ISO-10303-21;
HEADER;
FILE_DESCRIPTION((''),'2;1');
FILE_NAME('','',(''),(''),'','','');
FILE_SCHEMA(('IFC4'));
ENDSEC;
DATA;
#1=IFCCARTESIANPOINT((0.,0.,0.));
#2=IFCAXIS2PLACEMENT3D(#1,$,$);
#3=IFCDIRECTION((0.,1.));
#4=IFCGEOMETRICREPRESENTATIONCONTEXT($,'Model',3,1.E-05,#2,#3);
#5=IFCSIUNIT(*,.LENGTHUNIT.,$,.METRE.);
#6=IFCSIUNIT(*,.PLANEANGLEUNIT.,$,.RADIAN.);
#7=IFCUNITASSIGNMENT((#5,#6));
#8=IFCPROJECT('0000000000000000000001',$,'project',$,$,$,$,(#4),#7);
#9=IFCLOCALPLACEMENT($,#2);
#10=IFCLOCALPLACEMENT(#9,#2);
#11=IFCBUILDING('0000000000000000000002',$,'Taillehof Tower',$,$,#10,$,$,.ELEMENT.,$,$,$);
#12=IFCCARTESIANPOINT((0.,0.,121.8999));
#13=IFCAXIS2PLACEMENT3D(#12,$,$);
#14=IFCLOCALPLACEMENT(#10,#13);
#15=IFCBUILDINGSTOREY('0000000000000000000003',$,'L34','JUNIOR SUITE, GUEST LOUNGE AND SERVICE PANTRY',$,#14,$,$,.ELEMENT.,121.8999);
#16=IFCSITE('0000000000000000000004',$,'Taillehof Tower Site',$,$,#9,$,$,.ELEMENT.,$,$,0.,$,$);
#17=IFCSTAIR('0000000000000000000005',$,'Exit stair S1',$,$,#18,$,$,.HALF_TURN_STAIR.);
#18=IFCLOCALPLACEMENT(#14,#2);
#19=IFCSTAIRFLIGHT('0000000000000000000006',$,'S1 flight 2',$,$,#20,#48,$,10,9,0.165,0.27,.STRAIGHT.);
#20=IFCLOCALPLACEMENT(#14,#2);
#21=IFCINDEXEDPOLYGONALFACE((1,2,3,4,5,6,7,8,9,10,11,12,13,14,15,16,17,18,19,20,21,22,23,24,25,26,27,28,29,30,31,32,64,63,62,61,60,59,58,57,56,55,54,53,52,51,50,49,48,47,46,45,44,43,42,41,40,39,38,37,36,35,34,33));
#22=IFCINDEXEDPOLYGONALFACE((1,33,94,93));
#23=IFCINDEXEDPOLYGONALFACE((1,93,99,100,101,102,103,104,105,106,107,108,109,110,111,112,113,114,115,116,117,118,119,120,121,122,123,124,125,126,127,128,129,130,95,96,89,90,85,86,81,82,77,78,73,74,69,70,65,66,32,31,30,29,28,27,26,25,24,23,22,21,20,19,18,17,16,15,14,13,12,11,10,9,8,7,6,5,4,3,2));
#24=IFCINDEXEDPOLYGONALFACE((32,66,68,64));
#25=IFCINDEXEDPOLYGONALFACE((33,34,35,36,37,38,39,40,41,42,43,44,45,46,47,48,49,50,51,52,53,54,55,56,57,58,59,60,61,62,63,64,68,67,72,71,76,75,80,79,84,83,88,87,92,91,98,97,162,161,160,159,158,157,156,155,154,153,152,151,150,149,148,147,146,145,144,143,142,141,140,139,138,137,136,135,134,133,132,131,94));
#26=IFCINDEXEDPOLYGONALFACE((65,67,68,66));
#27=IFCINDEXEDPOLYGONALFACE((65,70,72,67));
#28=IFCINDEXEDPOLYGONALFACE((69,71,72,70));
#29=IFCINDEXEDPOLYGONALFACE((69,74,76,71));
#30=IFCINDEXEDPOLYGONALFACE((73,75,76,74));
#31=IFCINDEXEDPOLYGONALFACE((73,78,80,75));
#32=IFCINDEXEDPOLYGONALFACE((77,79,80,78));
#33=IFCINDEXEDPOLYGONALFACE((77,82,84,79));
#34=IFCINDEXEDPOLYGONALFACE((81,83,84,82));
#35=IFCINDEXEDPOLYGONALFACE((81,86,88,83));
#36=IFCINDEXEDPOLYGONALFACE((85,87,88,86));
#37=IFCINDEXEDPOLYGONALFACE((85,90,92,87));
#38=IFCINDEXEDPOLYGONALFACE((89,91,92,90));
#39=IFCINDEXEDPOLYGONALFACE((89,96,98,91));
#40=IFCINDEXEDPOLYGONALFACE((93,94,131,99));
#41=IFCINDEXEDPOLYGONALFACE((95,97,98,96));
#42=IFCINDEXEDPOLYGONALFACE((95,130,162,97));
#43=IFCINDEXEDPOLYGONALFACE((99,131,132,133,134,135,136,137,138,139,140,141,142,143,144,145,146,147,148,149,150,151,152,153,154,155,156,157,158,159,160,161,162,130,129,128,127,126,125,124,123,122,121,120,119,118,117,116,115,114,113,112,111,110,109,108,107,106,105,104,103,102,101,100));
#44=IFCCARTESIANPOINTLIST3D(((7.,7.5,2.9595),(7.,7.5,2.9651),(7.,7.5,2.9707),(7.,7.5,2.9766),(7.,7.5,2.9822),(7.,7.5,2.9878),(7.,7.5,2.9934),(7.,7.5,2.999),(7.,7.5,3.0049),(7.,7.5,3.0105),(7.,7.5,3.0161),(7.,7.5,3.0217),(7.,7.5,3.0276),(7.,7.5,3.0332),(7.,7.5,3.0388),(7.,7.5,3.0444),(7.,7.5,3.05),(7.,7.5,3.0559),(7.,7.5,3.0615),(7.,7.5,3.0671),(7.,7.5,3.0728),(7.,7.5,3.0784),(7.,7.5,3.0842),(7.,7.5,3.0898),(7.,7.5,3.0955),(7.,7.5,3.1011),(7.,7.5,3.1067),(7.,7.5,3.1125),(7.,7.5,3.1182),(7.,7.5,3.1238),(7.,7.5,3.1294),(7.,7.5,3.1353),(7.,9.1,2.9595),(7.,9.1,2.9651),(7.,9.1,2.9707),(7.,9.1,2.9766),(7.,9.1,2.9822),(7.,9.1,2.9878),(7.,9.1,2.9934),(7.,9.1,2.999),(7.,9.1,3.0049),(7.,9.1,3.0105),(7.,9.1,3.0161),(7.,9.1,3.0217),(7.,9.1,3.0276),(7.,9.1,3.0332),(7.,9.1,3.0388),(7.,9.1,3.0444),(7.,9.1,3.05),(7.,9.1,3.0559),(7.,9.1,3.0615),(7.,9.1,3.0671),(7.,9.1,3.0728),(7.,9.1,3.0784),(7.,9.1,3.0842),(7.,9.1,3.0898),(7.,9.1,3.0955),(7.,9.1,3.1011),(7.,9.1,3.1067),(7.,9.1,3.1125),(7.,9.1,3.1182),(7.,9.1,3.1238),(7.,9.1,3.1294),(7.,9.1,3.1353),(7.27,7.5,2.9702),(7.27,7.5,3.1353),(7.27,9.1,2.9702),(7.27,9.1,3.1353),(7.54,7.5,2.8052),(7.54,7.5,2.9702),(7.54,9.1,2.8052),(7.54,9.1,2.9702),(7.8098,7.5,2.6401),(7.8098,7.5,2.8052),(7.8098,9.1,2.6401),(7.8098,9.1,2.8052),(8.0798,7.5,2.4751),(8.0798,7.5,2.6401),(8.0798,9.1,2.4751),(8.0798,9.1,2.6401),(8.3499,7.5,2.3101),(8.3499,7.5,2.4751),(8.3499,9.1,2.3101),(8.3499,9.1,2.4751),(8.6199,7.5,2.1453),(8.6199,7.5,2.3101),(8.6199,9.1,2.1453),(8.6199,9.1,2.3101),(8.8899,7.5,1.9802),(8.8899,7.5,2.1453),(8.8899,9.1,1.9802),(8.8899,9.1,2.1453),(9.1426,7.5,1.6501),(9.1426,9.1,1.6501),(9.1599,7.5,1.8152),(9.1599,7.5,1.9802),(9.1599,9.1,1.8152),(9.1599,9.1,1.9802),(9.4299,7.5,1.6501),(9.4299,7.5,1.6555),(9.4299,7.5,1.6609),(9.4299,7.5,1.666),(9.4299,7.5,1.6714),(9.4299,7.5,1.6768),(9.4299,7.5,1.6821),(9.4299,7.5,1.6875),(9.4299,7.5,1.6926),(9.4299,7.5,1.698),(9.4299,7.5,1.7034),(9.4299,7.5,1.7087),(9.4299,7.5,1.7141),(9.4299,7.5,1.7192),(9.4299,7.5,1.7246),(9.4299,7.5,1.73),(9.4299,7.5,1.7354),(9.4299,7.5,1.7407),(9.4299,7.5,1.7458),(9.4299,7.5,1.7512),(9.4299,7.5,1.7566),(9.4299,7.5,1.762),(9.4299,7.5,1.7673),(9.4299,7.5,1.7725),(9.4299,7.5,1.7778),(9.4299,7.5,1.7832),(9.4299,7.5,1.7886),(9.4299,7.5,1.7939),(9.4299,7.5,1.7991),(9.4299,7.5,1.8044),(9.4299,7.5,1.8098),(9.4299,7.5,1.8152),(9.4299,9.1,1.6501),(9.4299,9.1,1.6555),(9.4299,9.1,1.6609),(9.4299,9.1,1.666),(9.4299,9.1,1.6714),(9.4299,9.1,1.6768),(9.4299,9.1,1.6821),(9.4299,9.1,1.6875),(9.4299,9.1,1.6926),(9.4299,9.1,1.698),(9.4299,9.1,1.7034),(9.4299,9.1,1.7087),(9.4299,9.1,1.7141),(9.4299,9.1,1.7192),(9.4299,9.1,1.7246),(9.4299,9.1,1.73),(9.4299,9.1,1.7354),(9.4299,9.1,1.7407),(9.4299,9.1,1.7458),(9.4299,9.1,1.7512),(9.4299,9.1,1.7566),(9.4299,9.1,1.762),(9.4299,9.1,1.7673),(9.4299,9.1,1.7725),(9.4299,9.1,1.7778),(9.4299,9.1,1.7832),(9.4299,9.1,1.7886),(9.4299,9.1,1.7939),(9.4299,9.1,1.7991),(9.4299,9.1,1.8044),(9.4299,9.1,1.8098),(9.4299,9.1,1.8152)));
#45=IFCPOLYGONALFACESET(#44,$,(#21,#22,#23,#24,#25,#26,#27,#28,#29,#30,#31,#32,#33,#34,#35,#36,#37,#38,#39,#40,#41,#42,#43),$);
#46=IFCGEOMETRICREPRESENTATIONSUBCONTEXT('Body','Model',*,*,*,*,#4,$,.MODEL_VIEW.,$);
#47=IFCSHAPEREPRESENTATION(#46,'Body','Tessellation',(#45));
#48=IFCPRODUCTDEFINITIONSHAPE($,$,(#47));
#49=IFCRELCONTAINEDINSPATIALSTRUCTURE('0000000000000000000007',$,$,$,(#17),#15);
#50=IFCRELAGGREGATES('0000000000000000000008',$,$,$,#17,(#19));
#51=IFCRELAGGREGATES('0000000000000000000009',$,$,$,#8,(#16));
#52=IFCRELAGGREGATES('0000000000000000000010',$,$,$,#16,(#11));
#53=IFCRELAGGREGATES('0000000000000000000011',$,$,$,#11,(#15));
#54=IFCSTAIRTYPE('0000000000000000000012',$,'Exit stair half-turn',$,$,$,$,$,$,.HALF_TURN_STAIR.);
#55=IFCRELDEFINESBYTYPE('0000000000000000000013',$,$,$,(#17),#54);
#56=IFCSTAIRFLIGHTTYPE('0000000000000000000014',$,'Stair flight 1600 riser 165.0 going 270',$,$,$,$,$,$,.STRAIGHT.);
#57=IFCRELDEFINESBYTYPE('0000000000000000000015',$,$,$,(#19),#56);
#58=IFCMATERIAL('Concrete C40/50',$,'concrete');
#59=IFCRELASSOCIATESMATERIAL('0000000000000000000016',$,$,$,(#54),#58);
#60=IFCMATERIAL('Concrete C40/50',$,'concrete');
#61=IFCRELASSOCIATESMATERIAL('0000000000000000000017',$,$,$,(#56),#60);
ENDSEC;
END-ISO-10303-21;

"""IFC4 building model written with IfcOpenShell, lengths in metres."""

from ifc_helpers import new_model, si_unit, direction, frame, origin, place, context, subcontext, project, spatial, polyline, outline, extrude, material, type_object, element, aggregate, save


model = new_model("IFC4")

# Units and contexts
model_context = context("Model", 3, precision=1e-05, world=origin(), true_north=direction((0.0, 1.0)))
body_context = subcontext(model_context, "Body", "Model", "MODEL_VIEW")
ifc_project = project(units=[si_unit("LENGTHUNIT", "METRE"), si_unit("PLANEANGLEUNIT", "RADIAN")], contexts=[model_context])

# Site, building, storey
site_placement = place(None, origin())
site = spatial("IfcSite", under=ifc_project, at=site_placement, Name="Taillehof Tower Site", CompositionType="ELEMENT", RefElevation=0.0)
building_placement = place(site_placement, origin())
building = spatial("IfcBuilding", under=site, at=building_placement, Name="Taillehof Tower", CompositionType="ELEMENT")
storey_placement = place(building_placement, frame((0.0, 0.0, 121.8999)))
storey = spatial("IfcBuildingStorey", under=building, at=storey_placement, Name="L34", Description="JUNIOR SUITE, GUEST LOUNGE AND SERVICE PANTRY", CompositionType="ELEMENT", Elevation=121.8999)

# Stair, stair flight
ifc_material_1 = material(Name="Concrete C40/50", Category="concrete")
stair_type = type_object("IfcStairType", Name="Exit stair half-turn", PredefinedType="HALF_TURN_STAIR", material=ifc_material_1)
stair_placement = place(storey_placement, origin())
stair = element("IfcStair", 1, at=stair_placement, inside=storey, type_object=stair_type, Name="Exit stair S1", PredefinedType="HALF_TURN_STAIR")
ifc_material_2 = material(Name="Concrete C40/50", Category="concrete")
stair_flight_type = type_object("IfcStairFlightType", Name="Stair flight 1600 riser 165.0 going 270", PredefinedType="STRAIGHT", material=ifc_material_2)
stair_flight_placement = place(storey_placement, frame((9.4299, 8.3, 1.6501), z_axis=(0.0, 0.0, 1.0), x_axis=(-1.0, 0.0, 0.0)))
stair_flight = element("IfcStairFlight", 2, at=stair_flight_placement, type_object=stair_flight_type, Name="S1 flight 2", NumberOfRisers=10, NumberOfTreads=9, PredefinedType="STRAIGHT", RiserHeight=0.165, TreadLength=0.27, context=body_context, shape_type="SweptSolid", body=[
    extrude(outline(polyline([(0.0, 0.0), (0.0, 0.0054), (0.0, 0.0107), (0.0, 0.0159), (0.0, 0.0212), (0.0, 0.0266), (0.0, 0.032), (0.0, 0.0374), (0.0, 0.0425), (0.0, 0.0479), (0.0, 0.0532), (0.0, 0.0586), (0.0, 0.064), (0.0, 0.0691), (0.0, 0.0745), (0.0, 0.0798), (0.0, 0.0852), (0.0, 0.0906), (0.0, 0.0957), (0.0, 0.1011), (0.0, 0.1064), (0.0, 0.1118), (0.0, 0.1172), (0.0, 0.1223), (0.0, 0.1277), (0.0, 0.1331), (0.0, 0.1384), (0.0, 0.1438), (0.0, 0.1489), (0.0, 0.1543), (0.0, 0.1597), (0.0, 0.165), (0.27, 0.165), (0.27, 0.3301), (0.54, 0.3301), (0.54, 0.4951), (0.8101, 0.4951), (0.8101, 0.6599), (1.0801, 0.6599), (1.0801, 0.825), (1.3501, 0.825), (1.3501, 0.99), (1.6201, 0.99), (1.6201, 1.155), (1.8899, 1.155), (1.8899, 1.3201), (2.1599, 1.3201), (2.1599, 1.4851), (2.4299, 1.4851), (2.4299, 1.4792), (2.4299, 1.4736), (2.4299, 1.468), (2.4299, 1.4624), (2.4299, 1.4565), (2.4299, 1.4509), (2.4299, 1.4453), (2.4299, 1.4397), (2.4299, 1.4341), (2.4299, 1.4282), (2.4299, 1.4226), (2.4299, 1.417), (2.4299, 1.4114), (2.4299, 1.4058), (2.4299, 1.3999), (2.4299, 1.3943), (2.4299, 1.3887), (2.4299, 1.3831), (2.4299, 1.3774), (2.4299, 1.3716), (2.4299, 1.366), (2.4299, 1.3604), (2.4299, 1.3547), (2.4299, 1.3489), (2.4299, 1.3433), (2.4299, 1.3376), (2.4299, 1.332), (2.4299, 1.3264), (2.4299, 1.3206), (2.4299, 1.3149), (2.4299, 1.3093), (0.2874, 0.0), (0.0, 0.0)])), frame((0.0, 0.8, 0.0), z_axis=(0.0, -1.0, 0.0), x_axis=(1.0, 0.0, 0.0)), (0.0, 0.0, 1.0), 1.6),
])
aggregate(stair, [stair_flight])

save(model, "model.ifc")
